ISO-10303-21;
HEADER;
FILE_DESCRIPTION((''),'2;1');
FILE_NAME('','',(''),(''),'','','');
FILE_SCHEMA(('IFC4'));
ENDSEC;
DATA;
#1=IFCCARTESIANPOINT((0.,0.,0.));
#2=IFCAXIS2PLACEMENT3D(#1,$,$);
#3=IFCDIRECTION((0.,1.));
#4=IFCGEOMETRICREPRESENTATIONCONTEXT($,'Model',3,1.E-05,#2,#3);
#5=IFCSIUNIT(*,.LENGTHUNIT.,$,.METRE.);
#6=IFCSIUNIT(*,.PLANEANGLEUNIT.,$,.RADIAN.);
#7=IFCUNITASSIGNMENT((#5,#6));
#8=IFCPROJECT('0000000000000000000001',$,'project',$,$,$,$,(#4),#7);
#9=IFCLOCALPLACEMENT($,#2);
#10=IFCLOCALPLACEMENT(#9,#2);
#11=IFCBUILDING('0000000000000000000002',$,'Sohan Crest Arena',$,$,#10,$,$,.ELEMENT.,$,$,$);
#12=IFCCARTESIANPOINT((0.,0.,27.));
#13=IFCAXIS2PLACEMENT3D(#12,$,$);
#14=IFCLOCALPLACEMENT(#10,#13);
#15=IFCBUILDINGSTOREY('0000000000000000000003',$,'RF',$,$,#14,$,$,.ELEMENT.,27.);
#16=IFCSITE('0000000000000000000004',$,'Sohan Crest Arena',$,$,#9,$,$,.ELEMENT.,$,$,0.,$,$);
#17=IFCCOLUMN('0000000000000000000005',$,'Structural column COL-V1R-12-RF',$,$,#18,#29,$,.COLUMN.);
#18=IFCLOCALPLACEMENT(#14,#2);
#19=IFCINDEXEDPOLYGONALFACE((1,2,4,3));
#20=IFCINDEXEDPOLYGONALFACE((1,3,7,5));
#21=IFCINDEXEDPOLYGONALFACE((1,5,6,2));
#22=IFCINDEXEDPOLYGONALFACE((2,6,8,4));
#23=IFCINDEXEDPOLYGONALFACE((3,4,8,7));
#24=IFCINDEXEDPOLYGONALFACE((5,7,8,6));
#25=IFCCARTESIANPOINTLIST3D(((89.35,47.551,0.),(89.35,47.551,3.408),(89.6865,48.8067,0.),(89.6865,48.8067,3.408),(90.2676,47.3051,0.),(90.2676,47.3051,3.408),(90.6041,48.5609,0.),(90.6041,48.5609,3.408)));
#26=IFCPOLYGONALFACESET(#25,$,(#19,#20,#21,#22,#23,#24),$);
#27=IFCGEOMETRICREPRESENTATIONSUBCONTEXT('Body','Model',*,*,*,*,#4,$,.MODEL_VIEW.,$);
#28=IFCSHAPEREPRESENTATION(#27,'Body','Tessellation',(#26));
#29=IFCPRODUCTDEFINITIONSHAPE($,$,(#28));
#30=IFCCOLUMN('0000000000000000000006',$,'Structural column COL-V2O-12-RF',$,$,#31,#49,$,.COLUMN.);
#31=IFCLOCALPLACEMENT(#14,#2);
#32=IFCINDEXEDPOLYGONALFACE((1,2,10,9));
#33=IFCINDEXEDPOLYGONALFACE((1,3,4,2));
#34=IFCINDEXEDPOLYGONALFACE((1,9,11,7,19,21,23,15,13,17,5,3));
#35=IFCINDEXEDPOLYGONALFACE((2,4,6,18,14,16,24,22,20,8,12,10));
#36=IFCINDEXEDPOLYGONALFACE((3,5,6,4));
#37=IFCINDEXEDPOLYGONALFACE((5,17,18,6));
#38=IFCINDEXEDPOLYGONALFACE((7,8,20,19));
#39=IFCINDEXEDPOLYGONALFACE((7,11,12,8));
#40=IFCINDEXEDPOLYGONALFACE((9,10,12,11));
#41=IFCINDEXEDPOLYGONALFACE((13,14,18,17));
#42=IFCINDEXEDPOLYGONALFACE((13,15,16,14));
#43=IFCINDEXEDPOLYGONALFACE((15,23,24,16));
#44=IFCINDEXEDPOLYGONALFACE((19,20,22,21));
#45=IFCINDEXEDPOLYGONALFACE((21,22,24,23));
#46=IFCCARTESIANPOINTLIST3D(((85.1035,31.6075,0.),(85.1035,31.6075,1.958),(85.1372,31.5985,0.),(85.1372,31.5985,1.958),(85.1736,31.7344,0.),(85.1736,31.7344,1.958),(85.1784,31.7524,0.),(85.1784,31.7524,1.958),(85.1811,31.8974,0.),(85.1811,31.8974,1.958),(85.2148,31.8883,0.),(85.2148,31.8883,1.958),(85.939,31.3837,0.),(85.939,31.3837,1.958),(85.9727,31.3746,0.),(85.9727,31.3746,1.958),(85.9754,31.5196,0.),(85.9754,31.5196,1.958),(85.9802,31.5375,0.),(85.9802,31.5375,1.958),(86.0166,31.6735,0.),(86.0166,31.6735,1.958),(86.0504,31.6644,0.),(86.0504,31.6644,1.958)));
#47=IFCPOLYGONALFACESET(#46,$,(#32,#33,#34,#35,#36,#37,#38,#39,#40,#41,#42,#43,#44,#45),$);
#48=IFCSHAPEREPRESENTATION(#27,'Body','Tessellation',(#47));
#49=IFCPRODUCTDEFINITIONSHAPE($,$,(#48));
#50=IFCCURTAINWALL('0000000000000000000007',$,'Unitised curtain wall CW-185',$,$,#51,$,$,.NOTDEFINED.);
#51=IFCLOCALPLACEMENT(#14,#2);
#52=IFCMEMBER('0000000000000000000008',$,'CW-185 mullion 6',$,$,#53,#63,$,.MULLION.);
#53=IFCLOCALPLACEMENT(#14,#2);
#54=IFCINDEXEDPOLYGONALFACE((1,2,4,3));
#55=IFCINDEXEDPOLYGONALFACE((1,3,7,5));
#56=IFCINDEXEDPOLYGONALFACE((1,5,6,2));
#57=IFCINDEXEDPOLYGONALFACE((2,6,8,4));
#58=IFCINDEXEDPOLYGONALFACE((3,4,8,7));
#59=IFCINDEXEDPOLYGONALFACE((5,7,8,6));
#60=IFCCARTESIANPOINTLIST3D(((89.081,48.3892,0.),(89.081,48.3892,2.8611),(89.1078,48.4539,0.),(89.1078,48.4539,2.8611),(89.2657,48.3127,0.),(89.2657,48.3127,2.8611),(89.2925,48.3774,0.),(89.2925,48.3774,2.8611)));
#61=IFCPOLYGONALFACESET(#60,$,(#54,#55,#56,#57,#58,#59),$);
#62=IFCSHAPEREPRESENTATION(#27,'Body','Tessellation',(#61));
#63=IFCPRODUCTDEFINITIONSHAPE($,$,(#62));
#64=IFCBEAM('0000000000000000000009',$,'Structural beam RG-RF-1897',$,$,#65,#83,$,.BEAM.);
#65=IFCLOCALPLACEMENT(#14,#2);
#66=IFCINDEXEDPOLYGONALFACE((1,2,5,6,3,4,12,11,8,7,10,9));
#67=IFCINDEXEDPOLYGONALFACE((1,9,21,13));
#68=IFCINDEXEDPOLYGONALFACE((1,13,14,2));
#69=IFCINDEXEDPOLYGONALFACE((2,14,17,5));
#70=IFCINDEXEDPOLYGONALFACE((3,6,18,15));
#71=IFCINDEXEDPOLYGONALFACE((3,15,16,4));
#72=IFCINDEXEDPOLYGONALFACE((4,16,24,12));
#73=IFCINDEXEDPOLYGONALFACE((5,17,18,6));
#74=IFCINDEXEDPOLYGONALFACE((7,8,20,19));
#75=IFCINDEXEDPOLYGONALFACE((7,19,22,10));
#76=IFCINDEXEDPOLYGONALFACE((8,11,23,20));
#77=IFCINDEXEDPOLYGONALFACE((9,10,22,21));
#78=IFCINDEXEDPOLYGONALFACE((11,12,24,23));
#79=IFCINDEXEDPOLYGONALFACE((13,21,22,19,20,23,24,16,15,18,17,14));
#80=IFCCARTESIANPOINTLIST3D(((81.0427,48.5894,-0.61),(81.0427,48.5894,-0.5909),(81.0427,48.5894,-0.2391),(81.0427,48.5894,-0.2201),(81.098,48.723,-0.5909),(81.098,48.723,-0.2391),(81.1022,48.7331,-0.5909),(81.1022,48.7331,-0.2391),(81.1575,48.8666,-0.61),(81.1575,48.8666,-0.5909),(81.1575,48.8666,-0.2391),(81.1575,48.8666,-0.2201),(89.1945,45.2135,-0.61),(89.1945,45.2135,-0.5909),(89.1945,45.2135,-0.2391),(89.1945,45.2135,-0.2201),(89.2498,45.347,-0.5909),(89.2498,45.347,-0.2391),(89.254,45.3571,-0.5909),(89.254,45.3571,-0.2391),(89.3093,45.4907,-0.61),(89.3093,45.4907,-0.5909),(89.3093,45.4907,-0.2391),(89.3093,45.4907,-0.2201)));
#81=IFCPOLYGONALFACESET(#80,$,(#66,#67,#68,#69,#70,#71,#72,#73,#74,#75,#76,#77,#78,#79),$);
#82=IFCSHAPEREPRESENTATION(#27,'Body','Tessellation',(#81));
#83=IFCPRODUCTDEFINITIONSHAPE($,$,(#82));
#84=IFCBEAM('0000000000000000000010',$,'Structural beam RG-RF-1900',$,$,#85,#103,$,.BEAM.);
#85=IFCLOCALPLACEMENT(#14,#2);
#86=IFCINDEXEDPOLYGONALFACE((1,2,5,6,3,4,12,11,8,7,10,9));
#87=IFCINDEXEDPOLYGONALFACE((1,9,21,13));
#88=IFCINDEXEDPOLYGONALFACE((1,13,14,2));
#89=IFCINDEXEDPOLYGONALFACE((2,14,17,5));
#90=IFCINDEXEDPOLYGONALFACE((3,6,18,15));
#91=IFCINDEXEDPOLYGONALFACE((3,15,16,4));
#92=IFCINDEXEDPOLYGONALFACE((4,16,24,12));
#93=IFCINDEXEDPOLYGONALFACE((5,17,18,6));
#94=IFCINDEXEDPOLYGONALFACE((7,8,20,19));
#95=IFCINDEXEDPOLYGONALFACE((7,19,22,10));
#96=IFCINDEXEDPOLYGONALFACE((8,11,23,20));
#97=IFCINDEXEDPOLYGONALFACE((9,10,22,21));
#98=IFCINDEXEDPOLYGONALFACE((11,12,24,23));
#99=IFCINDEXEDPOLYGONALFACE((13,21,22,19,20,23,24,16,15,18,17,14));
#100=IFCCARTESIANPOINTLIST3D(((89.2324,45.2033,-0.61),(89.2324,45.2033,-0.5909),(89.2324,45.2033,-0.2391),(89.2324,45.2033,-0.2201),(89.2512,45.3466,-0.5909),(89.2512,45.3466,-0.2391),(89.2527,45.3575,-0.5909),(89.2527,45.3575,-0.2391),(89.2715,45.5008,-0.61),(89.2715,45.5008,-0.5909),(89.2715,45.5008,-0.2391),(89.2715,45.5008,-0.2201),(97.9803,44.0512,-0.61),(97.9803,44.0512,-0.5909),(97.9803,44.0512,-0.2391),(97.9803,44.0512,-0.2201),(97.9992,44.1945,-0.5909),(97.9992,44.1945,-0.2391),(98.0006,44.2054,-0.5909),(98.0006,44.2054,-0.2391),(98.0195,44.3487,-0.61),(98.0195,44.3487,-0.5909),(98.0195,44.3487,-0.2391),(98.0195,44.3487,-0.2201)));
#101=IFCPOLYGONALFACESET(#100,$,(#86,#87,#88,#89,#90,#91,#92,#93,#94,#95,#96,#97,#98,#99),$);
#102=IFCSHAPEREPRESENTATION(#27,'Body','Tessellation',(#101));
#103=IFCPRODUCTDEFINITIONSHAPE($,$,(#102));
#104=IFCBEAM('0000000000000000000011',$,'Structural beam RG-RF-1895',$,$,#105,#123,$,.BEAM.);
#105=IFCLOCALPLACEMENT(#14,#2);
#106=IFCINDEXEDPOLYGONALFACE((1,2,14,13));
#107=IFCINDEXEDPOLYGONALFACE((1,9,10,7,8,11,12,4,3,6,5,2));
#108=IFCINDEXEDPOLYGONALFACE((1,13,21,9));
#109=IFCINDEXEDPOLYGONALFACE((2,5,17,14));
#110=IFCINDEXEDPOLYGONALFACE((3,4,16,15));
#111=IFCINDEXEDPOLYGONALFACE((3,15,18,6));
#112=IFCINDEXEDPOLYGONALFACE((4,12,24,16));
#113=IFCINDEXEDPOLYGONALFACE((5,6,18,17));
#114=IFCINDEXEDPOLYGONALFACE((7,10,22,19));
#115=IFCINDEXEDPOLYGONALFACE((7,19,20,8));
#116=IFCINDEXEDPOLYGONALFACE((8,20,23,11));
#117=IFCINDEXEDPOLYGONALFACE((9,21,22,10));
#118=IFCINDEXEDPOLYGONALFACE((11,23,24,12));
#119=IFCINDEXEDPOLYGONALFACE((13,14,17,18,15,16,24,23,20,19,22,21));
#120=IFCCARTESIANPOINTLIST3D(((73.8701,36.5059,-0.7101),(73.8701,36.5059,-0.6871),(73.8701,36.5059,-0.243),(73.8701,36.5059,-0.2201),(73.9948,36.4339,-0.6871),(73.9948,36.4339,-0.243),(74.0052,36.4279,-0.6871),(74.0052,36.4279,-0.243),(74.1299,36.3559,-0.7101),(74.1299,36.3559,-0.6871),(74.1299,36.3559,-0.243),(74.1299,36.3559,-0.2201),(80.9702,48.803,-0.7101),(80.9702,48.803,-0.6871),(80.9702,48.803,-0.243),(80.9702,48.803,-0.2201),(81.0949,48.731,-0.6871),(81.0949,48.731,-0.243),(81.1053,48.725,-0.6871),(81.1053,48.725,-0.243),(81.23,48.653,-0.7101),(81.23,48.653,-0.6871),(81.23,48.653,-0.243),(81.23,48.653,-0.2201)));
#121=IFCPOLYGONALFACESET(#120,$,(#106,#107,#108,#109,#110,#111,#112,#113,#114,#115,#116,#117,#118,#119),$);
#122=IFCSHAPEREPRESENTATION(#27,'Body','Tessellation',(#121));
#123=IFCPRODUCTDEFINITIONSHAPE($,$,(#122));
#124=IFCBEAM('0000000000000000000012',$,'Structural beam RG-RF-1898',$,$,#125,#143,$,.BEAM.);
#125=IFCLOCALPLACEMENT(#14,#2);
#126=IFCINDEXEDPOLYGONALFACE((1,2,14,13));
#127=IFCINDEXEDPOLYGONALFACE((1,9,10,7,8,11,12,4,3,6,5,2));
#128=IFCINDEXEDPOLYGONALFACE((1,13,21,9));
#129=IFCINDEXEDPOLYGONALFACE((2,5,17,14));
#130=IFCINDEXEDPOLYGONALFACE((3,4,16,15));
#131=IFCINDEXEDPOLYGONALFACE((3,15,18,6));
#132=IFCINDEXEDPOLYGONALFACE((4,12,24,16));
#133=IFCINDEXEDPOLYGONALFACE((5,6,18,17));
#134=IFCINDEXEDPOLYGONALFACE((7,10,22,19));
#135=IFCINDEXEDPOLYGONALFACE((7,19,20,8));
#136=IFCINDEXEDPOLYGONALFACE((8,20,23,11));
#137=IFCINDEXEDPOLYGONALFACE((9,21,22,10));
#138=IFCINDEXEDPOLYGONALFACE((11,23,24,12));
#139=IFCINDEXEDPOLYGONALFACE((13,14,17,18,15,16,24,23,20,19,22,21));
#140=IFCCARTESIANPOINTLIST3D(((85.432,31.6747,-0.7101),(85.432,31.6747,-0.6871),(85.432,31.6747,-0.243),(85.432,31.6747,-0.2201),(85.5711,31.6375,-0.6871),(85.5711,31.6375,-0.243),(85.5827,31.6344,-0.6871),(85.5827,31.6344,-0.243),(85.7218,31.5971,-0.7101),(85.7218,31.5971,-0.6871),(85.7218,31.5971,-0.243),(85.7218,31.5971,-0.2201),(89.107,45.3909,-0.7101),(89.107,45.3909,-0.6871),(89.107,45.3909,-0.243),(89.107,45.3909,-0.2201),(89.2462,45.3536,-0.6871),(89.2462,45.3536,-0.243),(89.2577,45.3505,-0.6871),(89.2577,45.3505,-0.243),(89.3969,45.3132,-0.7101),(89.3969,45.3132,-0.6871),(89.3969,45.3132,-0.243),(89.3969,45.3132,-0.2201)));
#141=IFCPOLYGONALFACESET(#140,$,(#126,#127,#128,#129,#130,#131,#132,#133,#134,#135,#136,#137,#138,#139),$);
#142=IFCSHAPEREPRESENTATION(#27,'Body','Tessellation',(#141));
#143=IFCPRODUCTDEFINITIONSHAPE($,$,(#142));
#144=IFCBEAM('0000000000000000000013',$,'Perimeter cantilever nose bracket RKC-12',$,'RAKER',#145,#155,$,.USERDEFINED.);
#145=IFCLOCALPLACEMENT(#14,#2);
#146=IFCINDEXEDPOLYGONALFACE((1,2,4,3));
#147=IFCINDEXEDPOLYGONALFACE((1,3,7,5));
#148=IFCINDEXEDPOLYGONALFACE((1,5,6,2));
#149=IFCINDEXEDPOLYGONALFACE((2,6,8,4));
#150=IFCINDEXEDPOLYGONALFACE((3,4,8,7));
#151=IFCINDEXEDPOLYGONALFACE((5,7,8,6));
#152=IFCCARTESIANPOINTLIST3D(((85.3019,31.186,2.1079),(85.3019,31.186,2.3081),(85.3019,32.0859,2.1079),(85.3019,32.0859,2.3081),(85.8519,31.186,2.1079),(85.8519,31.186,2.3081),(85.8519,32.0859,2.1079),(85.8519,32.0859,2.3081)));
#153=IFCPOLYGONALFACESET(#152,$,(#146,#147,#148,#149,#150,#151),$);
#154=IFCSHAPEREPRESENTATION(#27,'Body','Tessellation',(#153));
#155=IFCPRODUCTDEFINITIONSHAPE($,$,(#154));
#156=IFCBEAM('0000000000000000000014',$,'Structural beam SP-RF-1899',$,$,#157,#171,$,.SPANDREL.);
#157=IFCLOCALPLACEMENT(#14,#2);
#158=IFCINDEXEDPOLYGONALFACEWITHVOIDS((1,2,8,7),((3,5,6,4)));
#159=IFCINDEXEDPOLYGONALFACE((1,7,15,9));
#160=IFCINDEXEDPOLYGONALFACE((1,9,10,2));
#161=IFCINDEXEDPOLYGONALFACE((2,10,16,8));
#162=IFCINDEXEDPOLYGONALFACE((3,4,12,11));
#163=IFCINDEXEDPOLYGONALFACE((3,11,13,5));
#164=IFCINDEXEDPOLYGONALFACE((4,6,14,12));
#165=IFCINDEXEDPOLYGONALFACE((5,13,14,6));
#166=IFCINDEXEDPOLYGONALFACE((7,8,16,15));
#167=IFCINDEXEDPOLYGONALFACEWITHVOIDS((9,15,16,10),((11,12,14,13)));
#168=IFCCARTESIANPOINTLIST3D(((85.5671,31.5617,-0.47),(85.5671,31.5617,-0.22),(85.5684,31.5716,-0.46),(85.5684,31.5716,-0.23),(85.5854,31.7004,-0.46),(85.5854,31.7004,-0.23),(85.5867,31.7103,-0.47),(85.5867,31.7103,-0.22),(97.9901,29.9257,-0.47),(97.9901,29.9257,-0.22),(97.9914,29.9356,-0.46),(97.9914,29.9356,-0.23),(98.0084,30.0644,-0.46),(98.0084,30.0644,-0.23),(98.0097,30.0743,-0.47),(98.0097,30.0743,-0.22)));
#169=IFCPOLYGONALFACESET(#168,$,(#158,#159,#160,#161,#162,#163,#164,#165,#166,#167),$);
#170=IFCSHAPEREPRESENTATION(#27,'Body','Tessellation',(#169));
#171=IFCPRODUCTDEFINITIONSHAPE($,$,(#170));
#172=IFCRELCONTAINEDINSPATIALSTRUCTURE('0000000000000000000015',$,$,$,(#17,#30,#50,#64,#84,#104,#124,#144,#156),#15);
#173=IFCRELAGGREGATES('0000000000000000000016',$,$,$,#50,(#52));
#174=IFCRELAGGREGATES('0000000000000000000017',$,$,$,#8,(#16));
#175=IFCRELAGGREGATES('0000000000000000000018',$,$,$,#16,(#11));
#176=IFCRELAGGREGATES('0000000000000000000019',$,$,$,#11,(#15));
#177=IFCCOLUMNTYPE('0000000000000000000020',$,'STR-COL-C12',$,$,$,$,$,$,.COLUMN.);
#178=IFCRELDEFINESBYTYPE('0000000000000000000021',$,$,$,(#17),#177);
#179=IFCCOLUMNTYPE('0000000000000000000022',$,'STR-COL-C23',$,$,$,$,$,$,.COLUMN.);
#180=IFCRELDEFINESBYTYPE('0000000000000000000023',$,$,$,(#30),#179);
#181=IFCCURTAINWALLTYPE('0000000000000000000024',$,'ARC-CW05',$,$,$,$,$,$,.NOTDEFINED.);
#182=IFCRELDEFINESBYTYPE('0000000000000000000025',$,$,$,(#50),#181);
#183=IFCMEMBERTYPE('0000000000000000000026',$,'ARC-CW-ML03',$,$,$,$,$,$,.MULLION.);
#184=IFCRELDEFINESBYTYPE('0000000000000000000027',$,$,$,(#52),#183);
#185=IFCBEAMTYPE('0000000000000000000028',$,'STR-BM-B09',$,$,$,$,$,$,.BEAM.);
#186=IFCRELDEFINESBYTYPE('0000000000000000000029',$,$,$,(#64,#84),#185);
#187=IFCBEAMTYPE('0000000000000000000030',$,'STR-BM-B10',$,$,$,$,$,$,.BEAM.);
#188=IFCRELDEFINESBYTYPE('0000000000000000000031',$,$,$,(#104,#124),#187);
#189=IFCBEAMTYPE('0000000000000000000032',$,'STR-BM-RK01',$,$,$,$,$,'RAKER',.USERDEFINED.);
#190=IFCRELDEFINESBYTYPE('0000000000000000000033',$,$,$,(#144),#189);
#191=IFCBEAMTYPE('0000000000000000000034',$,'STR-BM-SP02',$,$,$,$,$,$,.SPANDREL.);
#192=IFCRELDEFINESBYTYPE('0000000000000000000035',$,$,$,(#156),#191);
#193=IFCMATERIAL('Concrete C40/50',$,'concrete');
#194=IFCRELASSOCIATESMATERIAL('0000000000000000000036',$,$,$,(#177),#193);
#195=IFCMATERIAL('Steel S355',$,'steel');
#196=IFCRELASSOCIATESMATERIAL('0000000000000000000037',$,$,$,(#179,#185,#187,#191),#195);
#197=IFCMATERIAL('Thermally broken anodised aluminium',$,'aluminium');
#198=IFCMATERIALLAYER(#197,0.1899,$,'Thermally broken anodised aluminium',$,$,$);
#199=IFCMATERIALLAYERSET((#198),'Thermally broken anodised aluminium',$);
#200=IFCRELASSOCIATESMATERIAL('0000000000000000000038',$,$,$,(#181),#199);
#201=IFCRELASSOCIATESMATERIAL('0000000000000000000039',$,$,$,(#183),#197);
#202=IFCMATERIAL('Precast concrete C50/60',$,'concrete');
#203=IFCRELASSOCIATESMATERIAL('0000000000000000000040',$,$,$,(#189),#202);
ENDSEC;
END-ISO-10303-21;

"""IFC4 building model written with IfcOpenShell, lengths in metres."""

from ifc_helpers import new_model, si_unit, direction, frame, origin, origin_2d, place, context, subcontext, project, spatial, rectangle, hollow_rectangle, i_section, extrude, material, layer, layer_set, material_profile, profile_set, type_object, element, aggregate, save


model = new_model("IFC4")

# Units and contexts
model_context = context("Model", 3, precision=1e-05, world=origin(), true_north=direction((0.0, 1.0)))
body_context = subcontext(model_context, "Body", "Model", "MODEL_VIEW")
ifc_project = project(units=[si_unit("LENGTHUNIT", "METRE"), si_unit("PLANEANGLEUNIT", "RADIAN")], contexts=[model_context])

# Site, building, storey
site_placement = place(None, origin())
site = spatial("IfcSite", under=ifc_project, at=site_placement, Name="Sohan Crest Arena", CompositionType="ELEMENT", RefElevation=0.0)
building_placement = place(site_placement, origin())
building = spatial("IfcBuilding", under=site, at=building_placement, Name="Sohan Crest Arena", CompositionType="ELEMENT")
storey_placement = place(building_placement, frame((0.0, 0.0, 27.0)))
storey = spatial("IfcBuildingStorey", under=building, at=storey_placement, Name="RF", CompositionType="ELEMENT", Elevation=27.0)

# Columns
ifc_material_1 = material(Name="Concrete C40/50", Category="concrete")
ifc_material_profile_1 = material_profile(ifc_material_1, rectangle(XDim=1.3, YDim=0.95, at=origin_2d()), Name="RC 1300x950")
ifc_profile_set_1 = profile_set([ifc_material_profile_1], Name="Concrete C40/50")
column_type_1 = type_object("IfcColumnType", Name="STR-COL-C12", PredefinedType="COLUMN", material=ifc_profile_set_1)
column_1_placement = place(storey_placement, frame((89.9771, 48.0559, 0.0), z_axis=(0.0, 0.0, 1.0), x_axis=(0.258819, 0.965926, 0.0)))
element("IfcColumn", 1, at=column_1_placement, inside=storey, type_object=column_type_1, Name="Structural column COL-V1R-12-RF", PredefinedType="COLUMN", context=body_context, shape_type="SweptSolid", body=[
    extrude(rectangle(XDim=1.3, YDim=0.95, at=origin_2d()), origin(), (0.0, 0.0, 1.0), 3.408),
])
ifc_material_2 = material(Name="Steel S355", Category="steel")
ifc_material_profile_2 = material_profile(ifc_material_2, i_section(OverallWidth=0.3, OverallDepth=0.8999, WebThickness=0.0186, FlangeThickness=0.0349, at=origin_2d()), Name="HEB 900")
ifc_profile_set_2 = profile_set([ifc_material_profile_2], Name="Steel S355")
column_type_2 = type_object("IfcColumnType", Name="STR-COL-C23", PredefinedType="COLUMN", material=ifc_profile_set_2)
column_2_placement = place(storey_placement, frame((85.5769, 31.636, 0.0), z_axis=(0.0, 0.0, 1.0), x_axis=(0.258819, 0.965926, 0.0)))
element("IfcColumn", 2, at=column_2_placement, inside=storey, type_object=column_type_2, Name="Structural column COL-V2O-12-RF", PredefinedType="COLUMN", context=body_context, shape_type="SweptSolid", body=[
    extrude(i_section(OverallWidth=0.3, OverallDepth=0.8999, WebThickness=0.0186, FlangeThickness=0.0349, at=origin_2d()), origin(), (0.0, 0.0, 1.0), 1.958),
])

# Curtain wall, member
ifc_material_3 = material(Name="Thermally broken anodised aluminium", Category="aluminium")
ifc_layer_1 = layer(ifc_material_3, 0.1899, Name="Thermally broken anodised aluminium")
ifc_layer_set_1 = layer_set([ifc_layer_1], Name="Thermally broken anodised aluminium")
curtain_wall_type = type_object("IfcCurtainWallType", Name="ARC-CW05", PredefinedType="NOTDEFINED", material=ifc_layer_set_1)
curtain_wall_placement = place(storey_placement, origin())
curtain_wall = element("IfcCurtainWall", 3, at=curtain_wall_placement, inside=storey, type_object=curtain_wall_type, Name="Unitised curtain wall CW-185", PredefinedType="NOTDEFINED")
ifc_material_profile_3 = material_profile(ifc_material_3, rectangle(XDim=0.0701, YDim=0.2, at=origin_2d()), Name="ALU-MULL 70x200")
ifc_profile_set_3 = profile_set([ifc_material_profile_3], Name="Thermally broken anodised aluminium")
member_type_1 = type_object("IfcMemberType", Name="ARC-CW-ML03", PredefinedType="MULLION", material=ifc_profile_set_3)
member_1_placement = place(storey_placement, frame((89.1868, 48.3833, 0.0), z_axis=(0.0, 0.0, 1.0), x_axis=(0.382667, 0.923886, 0.0)))
member_1 = element("IfcMember", 4, at=member_1_placement, type_object=member_type_1, Name="CW-185 mullion 6", PredefinedType="MULLION", context=body_context, shape_type="SweptSolid", body=[
    extrude(rectangle(XDim=0.0701, YDim=0.2, at=origin_2d()), origin(), (0.0, 0.0, 1.0), 2.8611),
])

# Beams
ifc_material_profile_4 = material_profile(ifc_material_2, i_section(OverallWidth=0.3, OverallDepth=0.3899, WebThickness=0.011, FlangeThickness=0.019, at=origin_2d()), Name="HEA 400")
ifc_profile_set_4 = profile_set([ifc_material_profile_4], Name="Steel S355")
beam_type_1 = type_object("IfcBeamType", Name="STR-BM-B09", PredefinedType="BEAM", material=ifc_profile_set_4)
beam_1_placement = place(storey_placement, frame((81.1001, 48.728, -0.415), z_axis=(0.923905, -0.382622, 0.0), x_axis=(0.382622, 0.923905, 0.0)))
element("IfcBeam", 5, at=beam_1_placement, inside=storey, type_object=beam_type_1, Name="Structural beam RG-RF-1897", PredefinedType="BEAM", context=body_context, shape_type="SweptSolid", body=[
    extrude(i_section(OverallWidth=0.3, OverallDepth=0.3899, WebThickness=0.011, FlangeThickness=0.019, at=origin_2d()), origin(), (0.0, 0.0, 1.0), 8.8232),
])
beam_2_placement = place(storey_placement, frame((89.252, 45.3521, -0.415), z_axis=(0.991439, -0.13057, 0.0), x_axis=(0.13057, 0.991439, 0.0)))
element("IfcBeam", 6, at=beam_2_placement, inside=storey, type_object=beam_type_1, Name="Structural beam RG-RF-1900", PredefinedType="BEAM", context=body_context, shape_type="SweptSolid", body=[
    extrude(i_section(OverallWidth=0.3, OverallDepth=0.3899, WebThickness=0.011, FlangeThickness=0.019, at=origin_2d()), origin(), (0.0, 0.0, 1.0), 8.8235),
])
ifc_material_profile_5 = material_profile(ifc_material_2, i_section(OverallWidth=0.3, OverallDepth=0.49, WebThickness=0.012, FlangeThickness=0.0229, at=origin_2d()), Name="HEA 500")
ifc_profile_set_5 = profile_set([ifc_material_profile_5], Name="Steel S355")
beam_type_2 = type_object("IfcBeamType", Name="STR-BM-B10", PredefinedType="BEAM", material=ifc_profile_set_5)
beam_3_placement = place(storey_placement, frame((81.1001, 48.728, -0.4651), z_axis=(-0.500019, -0.866015, 0.0), x_axis=(0.866015, -0.500019, 0.0)))
element("IfcBeam", 7, at=beam_3_placement, inside=storey, type_object=beam_type_2, Name="Structural beam RG-RF-1895", PredefinedType="BEAM", context=body_context, shape_type="SweptSolid", body=[
    extrude(i_section(OverallWidth=0.3, OverallDepth=0.49, WebThickness=0.012, FlangeThickness=0.0229, at=origin_2d()), origin(), (0.0, 0.0, 1.0), 14.1997),
])
beam_4_placement = place(storey_placement, frame((89.252, 45.3521, -0.4651), z_axis=(-0.258809, -0.965929, 0.0), x_axis=(0.965929, -0.258809, 0.0)))
element("IfcBeam", 8, at=beam_4_placement, inside=storey, type_object=beam_type_2, Name="Structural beam RG-RF-1898", PredefinedType="BEAM", context=body_context, shape_type="SweptSolid", body=[
    extrude(i_section(OverallWidth=0.3, OverallDepth=0.49, WebThickness=0.012, FlangeThickness=0.0229, at=origin_2d()), origin(), (0.0, 0.0, 1.0), 14.2),
])
ifc_material_4 = material(Name="Precast concrete C50/60", Category="concrete")
ifc_material_profile_6 = material_profile(ifc_material_4, rectangle(XDim=0.55, YDim=0.8999, at=origin_2d()), Name="RAKER 550x900")
ifc_profile_set_6 = profile_set([ifc_material_profile_6], Name="Precast concrete C50/60")
beam_type_3 = type_object("IfcBeamType", Name="STR-BM-RK01", ElementType="RAKER", PredefinedType="USERDEFINED", material=ifc_profile_set_6)
beam_5_placement = place(storey_placement, frame((85.5769, 31.636, 2.3081), z_axis=(0.0, 0.0, -1.0), x_axis=(1.0, 0.0, 0.0)))
element("IfcBeam", 9, at=beam_5_placement, inside=storey, type_object=beam_type_3, Name="Perimeter cantilever nose bracket RKC-12", ObjectType="RAKER", PredefinedType="USERDEFINED", context=body_context, shape_type="SweptSolid", body=[
    extrude(rectangle(XDim=0.55, YDim=0.8999, at=origin_2d()), origin(), (0.0, 0.0, 1.0), 0.2002),
])
ifc_material_profile_7 = material_profile(ifc_material_2, hollow_rectangle(XDim=0.1499, YDim=0.25, WallThickness=0.01, at=origin_2d()), Name="RHS 250x150x10")
ifc_profile_set_7 = profile_set([ifc_material_profile_7], Name="Steel S355")
beam_type_4 = type_object("IfcBeamType", Name="STR-BM-SP02", PredefinedType="SPANDREL", material=ifc_profile_set_7)
beam_6_placement = place(storey_placement, frame((85.5769, 31.636, -0.345), z_axis=(0.99144, -0.130562, 0.0), x_axis=(0.130562, 0.99144, 0.0)))
element("IfcBeam", 10, at=beam_6_placement, inside=storey, type_object=beam_type_4, Name="Structural beam SP-RF-1899", PredefinedType="SPANDREL", context=body_context, shape_type="SweptSolid", body=[
    extrude(hollow_rectangle(XDim=0.1499, YDim=0.25, WallThickness=0.01, at=origin_2d()), origin(), (0.0, 0.0, 1.0), 12.5303),
])

aggregate(curtain_wall, [member_1])

save(model, "model.ifc")
